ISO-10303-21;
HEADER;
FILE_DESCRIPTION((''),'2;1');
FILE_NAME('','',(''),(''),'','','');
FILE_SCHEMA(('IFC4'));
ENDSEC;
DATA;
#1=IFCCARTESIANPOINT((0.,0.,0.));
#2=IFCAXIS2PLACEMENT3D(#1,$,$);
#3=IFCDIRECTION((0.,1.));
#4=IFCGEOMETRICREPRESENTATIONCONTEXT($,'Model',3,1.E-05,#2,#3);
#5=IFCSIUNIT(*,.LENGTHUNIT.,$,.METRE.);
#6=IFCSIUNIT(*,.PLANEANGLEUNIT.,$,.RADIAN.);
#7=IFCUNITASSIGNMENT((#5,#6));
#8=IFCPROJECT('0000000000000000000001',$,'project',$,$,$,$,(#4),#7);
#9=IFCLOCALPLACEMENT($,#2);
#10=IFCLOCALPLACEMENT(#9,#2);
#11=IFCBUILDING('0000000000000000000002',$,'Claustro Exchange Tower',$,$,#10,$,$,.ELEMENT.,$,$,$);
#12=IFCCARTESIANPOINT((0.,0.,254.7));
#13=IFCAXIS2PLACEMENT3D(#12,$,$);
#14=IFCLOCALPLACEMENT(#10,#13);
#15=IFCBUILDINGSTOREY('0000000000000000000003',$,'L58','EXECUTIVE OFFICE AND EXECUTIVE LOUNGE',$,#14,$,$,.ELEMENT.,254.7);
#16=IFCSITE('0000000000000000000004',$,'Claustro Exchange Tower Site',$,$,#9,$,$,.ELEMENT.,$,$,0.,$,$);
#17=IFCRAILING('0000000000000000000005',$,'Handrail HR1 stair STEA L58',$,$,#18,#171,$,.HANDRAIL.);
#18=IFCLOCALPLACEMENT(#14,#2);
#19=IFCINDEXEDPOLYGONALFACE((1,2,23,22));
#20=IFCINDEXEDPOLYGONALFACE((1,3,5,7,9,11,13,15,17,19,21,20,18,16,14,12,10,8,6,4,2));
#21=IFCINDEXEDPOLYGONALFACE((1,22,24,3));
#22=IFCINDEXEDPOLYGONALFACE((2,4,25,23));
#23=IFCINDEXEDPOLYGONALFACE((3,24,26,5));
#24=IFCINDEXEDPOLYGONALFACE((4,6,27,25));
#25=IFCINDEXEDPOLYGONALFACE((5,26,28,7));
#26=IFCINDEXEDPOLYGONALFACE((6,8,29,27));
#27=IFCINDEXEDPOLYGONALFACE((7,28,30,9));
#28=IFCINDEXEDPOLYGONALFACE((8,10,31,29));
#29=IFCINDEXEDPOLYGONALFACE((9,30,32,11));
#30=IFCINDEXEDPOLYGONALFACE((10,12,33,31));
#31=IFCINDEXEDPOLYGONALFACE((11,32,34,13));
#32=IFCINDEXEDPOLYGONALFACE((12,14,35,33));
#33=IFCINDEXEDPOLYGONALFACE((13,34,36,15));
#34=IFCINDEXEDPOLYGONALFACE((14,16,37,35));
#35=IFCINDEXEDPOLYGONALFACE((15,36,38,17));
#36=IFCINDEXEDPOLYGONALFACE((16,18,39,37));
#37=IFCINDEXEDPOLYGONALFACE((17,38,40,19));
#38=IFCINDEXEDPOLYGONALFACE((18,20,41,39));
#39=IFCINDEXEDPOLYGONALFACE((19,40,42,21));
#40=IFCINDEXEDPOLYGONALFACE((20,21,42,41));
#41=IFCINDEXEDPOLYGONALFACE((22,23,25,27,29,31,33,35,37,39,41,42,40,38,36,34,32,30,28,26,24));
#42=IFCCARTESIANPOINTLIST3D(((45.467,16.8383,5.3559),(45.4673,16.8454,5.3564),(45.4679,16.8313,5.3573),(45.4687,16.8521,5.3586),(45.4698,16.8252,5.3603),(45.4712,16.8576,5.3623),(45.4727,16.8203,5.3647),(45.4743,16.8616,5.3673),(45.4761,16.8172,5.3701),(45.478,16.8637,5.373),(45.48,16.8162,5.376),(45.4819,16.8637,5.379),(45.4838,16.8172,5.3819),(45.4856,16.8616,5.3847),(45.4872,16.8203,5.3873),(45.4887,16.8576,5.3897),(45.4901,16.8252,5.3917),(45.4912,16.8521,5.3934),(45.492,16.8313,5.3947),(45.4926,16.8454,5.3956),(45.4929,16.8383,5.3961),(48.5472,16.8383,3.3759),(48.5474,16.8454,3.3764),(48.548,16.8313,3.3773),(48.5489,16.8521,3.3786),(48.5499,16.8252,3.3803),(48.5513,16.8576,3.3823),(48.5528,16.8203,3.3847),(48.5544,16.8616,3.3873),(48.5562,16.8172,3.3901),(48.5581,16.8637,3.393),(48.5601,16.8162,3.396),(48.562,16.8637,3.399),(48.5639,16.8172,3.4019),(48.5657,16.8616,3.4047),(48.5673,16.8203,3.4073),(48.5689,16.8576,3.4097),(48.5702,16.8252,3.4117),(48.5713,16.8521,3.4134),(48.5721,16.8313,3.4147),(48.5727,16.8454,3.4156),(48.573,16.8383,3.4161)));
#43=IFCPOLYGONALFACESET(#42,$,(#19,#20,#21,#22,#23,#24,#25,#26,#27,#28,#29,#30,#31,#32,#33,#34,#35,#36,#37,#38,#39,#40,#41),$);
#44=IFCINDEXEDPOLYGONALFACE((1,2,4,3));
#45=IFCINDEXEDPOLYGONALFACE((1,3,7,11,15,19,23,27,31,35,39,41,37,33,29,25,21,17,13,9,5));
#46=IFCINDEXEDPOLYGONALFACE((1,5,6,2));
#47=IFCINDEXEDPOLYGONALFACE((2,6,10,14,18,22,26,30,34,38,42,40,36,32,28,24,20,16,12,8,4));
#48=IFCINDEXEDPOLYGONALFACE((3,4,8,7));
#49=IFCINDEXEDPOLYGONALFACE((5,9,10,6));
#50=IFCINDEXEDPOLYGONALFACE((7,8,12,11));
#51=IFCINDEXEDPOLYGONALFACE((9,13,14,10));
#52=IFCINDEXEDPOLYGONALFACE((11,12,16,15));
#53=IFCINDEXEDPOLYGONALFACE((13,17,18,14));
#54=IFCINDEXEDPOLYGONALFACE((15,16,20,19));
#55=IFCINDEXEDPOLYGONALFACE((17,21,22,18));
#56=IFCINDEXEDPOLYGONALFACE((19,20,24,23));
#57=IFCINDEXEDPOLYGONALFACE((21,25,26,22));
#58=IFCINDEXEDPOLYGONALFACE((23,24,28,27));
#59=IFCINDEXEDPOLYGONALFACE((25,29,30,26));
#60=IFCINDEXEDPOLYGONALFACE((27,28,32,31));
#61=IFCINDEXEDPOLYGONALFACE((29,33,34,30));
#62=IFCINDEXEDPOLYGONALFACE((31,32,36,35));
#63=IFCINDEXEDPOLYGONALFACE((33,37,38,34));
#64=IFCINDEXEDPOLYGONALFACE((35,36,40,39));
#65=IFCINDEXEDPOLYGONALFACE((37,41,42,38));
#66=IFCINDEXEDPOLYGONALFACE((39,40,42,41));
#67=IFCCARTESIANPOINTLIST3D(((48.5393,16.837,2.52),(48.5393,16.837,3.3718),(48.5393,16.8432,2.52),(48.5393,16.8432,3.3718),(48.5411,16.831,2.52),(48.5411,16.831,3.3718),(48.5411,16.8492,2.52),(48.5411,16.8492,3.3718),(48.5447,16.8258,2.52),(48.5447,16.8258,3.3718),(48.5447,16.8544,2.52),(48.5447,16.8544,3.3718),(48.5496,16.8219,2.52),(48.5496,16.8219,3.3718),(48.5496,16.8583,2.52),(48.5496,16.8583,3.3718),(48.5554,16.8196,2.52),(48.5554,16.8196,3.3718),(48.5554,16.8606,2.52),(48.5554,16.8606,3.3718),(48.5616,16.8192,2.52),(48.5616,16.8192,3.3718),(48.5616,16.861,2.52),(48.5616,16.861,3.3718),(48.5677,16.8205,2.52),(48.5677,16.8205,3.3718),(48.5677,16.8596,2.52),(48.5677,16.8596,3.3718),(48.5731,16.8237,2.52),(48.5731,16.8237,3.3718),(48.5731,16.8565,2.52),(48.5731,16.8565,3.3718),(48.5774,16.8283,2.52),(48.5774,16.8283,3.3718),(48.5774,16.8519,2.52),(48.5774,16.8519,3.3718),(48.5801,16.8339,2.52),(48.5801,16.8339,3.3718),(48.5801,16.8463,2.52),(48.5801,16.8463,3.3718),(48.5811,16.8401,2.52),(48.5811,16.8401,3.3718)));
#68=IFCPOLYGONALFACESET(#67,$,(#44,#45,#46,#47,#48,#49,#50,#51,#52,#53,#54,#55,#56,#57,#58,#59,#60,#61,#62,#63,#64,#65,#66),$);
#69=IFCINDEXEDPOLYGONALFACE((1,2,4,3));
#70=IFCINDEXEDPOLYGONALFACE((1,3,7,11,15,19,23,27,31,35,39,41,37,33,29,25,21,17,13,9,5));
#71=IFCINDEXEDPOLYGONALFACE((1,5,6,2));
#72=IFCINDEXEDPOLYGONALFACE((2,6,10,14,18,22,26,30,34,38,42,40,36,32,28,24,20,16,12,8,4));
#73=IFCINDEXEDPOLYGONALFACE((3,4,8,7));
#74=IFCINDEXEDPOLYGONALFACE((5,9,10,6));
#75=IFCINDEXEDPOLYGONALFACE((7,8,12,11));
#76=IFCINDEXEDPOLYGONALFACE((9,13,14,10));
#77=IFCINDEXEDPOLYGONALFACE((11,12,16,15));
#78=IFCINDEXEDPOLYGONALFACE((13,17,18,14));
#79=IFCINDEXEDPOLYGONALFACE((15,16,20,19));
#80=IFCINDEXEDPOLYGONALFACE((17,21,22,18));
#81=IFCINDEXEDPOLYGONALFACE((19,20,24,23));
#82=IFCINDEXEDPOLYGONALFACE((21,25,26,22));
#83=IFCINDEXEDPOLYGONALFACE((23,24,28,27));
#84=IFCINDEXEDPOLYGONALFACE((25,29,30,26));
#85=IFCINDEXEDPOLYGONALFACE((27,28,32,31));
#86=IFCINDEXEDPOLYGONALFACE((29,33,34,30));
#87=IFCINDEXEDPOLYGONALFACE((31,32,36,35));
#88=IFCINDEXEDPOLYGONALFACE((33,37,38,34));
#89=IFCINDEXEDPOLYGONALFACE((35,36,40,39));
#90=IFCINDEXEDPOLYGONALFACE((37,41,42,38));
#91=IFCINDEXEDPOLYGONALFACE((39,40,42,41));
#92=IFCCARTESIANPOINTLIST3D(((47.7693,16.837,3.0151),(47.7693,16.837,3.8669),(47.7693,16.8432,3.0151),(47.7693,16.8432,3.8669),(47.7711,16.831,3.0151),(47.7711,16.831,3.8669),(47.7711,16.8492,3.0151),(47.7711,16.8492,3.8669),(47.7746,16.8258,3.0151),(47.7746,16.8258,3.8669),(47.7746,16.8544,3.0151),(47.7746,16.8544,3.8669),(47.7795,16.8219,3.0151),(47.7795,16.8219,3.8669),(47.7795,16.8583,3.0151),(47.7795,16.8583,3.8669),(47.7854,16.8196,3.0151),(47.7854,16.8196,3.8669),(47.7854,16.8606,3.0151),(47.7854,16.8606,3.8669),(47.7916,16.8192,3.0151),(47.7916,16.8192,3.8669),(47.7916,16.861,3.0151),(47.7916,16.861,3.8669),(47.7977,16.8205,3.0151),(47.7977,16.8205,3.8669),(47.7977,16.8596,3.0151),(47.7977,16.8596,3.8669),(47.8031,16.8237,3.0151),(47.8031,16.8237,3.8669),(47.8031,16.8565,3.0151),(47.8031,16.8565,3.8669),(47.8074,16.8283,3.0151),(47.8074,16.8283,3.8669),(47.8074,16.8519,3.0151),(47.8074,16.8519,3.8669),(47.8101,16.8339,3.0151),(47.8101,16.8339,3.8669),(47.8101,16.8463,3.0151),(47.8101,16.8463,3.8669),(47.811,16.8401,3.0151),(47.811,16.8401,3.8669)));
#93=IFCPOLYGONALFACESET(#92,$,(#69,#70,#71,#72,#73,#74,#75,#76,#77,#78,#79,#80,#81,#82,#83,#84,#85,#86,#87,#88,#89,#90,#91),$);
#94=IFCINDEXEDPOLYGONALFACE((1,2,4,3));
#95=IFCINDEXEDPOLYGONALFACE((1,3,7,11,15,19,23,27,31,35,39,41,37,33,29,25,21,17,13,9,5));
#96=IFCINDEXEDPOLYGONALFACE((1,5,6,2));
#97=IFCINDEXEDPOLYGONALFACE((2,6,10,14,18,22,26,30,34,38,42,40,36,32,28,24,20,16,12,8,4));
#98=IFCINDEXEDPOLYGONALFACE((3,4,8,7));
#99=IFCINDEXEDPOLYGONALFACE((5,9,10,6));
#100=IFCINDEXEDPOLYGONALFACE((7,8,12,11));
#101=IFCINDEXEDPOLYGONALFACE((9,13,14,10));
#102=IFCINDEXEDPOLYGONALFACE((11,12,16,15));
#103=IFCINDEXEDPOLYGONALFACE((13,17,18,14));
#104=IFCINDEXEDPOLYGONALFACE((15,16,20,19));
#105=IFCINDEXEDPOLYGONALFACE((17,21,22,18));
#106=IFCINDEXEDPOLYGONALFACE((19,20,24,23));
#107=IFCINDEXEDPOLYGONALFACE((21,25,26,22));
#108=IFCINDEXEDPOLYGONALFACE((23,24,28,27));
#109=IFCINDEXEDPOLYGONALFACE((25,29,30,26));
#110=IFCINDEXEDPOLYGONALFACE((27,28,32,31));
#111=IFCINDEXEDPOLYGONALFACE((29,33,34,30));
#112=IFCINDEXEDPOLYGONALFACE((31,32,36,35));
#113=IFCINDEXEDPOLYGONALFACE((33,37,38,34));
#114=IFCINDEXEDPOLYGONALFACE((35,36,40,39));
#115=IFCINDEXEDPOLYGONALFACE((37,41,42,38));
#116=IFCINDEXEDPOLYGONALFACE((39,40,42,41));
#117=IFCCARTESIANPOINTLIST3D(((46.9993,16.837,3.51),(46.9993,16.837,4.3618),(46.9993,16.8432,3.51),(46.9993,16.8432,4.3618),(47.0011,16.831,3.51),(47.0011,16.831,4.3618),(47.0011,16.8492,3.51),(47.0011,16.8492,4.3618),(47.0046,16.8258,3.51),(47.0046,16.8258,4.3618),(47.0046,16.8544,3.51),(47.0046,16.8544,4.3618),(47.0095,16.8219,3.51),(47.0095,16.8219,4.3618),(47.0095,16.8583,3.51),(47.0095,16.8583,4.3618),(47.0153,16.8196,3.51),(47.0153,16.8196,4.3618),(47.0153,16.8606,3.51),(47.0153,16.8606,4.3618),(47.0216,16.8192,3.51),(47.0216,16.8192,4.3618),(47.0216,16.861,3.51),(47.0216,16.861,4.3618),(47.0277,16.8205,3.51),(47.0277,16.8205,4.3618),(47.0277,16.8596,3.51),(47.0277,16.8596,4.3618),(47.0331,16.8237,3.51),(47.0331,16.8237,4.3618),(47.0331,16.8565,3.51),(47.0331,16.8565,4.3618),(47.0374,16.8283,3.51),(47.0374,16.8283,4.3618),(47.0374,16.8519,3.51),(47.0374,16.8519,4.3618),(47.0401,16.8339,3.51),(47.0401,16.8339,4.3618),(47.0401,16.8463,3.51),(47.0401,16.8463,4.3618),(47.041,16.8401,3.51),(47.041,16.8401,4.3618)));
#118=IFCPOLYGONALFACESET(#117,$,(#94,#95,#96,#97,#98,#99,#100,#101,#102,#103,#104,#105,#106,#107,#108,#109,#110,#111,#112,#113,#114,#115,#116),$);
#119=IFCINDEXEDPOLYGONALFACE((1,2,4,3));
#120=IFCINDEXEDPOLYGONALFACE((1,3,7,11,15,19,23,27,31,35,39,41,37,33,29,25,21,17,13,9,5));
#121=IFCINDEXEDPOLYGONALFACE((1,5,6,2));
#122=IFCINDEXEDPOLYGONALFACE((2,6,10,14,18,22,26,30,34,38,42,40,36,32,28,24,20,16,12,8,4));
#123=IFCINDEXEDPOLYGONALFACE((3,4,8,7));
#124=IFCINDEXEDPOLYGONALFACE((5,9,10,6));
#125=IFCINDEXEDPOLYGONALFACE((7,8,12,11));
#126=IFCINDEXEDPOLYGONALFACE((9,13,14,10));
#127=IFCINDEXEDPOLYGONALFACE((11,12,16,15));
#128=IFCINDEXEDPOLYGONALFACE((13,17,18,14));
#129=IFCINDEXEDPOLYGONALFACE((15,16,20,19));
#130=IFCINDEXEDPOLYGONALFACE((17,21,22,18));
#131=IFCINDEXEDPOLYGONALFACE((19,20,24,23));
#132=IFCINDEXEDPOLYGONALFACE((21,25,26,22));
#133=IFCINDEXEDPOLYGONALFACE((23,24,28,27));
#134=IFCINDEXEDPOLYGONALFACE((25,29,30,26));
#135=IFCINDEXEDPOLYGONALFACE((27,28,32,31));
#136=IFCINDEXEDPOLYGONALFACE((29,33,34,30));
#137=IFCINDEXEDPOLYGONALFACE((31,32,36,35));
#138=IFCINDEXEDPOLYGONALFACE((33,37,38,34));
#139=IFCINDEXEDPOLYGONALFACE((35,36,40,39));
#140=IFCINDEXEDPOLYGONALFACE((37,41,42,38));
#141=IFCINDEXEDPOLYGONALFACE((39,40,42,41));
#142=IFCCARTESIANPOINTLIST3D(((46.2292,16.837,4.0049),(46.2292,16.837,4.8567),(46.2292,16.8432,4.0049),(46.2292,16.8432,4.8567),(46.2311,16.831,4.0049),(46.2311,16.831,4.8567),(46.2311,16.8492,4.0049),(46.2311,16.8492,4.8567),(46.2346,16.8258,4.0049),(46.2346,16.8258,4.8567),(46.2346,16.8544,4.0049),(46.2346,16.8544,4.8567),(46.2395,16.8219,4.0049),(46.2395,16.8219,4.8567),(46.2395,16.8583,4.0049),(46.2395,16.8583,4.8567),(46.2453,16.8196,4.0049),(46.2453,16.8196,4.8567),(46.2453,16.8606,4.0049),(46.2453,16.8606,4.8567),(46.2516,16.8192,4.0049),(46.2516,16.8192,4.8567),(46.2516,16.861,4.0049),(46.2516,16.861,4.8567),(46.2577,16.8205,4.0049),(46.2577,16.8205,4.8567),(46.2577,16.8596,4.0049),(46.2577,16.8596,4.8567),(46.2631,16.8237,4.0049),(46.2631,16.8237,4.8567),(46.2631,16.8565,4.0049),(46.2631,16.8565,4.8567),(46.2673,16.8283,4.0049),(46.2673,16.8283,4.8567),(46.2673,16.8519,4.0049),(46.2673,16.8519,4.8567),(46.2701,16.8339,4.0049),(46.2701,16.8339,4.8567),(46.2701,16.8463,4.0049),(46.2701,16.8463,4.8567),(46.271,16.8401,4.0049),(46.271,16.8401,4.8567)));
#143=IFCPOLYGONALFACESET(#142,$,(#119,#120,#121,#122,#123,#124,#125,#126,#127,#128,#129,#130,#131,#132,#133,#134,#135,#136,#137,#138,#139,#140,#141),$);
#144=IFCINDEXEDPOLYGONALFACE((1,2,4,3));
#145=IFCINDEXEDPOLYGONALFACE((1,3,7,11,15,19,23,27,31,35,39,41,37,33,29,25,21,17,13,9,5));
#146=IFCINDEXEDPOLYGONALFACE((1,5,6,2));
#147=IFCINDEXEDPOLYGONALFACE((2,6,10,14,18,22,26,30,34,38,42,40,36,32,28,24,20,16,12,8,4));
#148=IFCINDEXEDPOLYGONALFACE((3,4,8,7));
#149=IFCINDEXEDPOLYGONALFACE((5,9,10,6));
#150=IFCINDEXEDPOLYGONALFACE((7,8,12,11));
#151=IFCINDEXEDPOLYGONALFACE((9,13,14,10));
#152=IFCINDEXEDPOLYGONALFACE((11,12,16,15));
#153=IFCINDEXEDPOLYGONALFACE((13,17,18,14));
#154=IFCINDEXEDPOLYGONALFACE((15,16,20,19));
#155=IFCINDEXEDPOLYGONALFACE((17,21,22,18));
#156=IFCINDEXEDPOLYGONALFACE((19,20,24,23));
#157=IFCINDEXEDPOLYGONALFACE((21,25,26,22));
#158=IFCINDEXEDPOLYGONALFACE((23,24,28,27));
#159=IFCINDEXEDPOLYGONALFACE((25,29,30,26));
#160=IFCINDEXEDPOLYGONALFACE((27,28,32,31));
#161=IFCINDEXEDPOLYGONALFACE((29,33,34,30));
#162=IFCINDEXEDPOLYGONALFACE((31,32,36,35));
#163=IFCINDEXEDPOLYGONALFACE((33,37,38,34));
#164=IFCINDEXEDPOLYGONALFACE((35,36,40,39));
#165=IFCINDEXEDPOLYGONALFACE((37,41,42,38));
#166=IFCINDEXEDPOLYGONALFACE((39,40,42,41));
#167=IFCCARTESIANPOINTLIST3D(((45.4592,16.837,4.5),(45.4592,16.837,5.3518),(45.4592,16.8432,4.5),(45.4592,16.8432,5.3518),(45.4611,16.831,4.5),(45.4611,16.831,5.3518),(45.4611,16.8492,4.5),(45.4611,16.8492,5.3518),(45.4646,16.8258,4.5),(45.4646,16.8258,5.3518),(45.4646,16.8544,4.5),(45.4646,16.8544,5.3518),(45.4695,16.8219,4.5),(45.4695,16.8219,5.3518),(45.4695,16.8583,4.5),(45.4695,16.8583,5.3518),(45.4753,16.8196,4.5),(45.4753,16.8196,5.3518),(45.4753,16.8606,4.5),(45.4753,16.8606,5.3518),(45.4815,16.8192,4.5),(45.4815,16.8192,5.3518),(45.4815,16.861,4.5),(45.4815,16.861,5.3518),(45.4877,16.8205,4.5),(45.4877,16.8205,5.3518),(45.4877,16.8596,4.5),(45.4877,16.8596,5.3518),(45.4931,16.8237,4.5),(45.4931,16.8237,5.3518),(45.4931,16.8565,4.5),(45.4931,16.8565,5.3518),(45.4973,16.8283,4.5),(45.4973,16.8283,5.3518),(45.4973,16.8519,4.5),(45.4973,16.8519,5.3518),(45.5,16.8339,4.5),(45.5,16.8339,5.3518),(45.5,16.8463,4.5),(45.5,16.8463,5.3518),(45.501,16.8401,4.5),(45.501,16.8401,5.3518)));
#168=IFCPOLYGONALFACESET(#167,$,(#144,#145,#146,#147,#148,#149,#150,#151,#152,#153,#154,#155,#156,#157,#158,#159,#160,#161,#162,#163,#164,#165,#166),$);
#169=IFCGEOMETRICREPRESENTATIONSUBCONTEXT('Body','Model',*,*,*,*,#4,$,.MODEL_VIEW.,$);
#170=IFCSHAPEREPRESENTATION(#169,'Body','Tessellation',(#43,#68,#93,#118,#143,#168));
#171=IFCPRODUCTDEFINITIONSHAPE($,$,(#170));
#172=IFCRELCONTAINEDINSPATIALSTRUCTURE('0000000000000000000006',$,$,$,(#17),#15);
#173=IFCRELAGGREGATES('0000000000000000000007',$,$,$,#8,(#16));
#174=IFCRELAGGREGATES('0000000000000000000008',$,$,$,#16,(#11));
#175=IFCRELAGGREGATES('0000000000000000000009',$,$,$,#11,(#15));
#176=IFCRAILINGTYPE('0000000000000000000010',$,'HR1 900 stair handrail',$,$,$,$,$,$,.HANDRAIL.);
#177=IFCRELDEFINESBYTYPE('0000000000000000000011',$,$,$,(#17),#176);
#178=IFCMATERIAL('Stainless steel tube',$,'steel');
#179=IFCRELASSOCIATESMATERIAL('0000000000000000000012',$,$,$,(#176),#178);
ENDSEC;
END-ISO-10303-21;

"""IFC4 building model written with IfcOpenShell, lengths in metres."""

from ifc_helpers import new_model, si_unit, direction, frame, origin, origin_2d, place, context, subcontext, project, spatial, circle, extrude, material, type_object, element, save


model = new_model("IFC4")

# Units and contexts
model_context = context("Model", 3, precision=1e-05, world=origin(), true_north=direction((0.0, 1.0)))
body_context = subcontext(model_context, "Body", "Model", "MODEL_VIEW")
ifc_project = project(units=[si_unit("LENGTHUNIT", "METRE"), si_unit("PLANEANGLEUNIT", "RADIAN")], contexts=[model_context])

# Site, building, storey
site_placement = place(None, origin())
site = spatial("IfcSite", under=ifc_project, at=site_placement, Name="Claustro Exchange Tower Site", CompositionType="ELEMENT", RefElevation=0.0)
building_placement = place(site_placement, origin())
building = spatial("IfcBuilding", under=site, at=building_placement, Name="Claustro Exchange Tower", CompositionType="ELEMENT")
storey_placement = place(building_placement, frame((0.0, 0.0, 254.7)))
storey = spatial("IfcBuildingStorey", under=building, at=storey_placement, Name="L58", Description="EXECUTIVE OFFICE AND EXECUTIVE LOUNGE", CompositionType="ELEMENT", Elevation=254.7)

# Railing
ifc_material_1 = material(Name="Stainless steel tube", Category="steel")
railing_type_1 = type_object("IfcRailingType", Name="HR1 900 stair handrail", PredefinedType="HANDRAIL", material=ifc_material_1)
railing_1_placement = place(storey_placement, frame((48.5601, 16.8401, 2.52)))
element("IfcRailing", 1, at=railing_1_placement, inside=storey, type_object=railing_type_1, Name="Handrail HR1 stair STEA L58", PredefinedType="HANDRAIL", context=body_context, shape_type="SweptSolid", body=[
    extrude(circle(Radius=0.0239, at=origin_2d()), frame((0.0, 0.0, 0.876), z_axis=(-0.841187, 0.0, 0.540744), x_axis=(0.0, -1.0, 0.0)), (0.0, 0.0, 1.0), 3.6616),
    extrude(circle(Radius=0.021, at=origin_2d()), origin(), (0.0, 0.0, 1.0), 0.8518),
    extrude(circle(Radius=0.021, at=origin_2d()), frame((-0.77, 0.0, 0.4951)), (0.0, 0.0, 1.0), 0.8518),
    extrude(circle(Radius=0.021, at=origin_2d()), frame((-1.54, 0.0, 0.99)), (0.0, 0.0, 1.0), 0.8518),
    extrude(circle(Radius=0.021, at=origin_2d()), frame((-2.3101, 0.0, 1.4849)), (0.0, 0.0, 1.0), 0.8518),
    extrude(circle(Radius=0.021, at=origin_2d()), frame((-3.0801, 0.0, 1.98)), (0.0, 0.0, 1.0), 0.8518),
])

save(model, "model.ifc")
